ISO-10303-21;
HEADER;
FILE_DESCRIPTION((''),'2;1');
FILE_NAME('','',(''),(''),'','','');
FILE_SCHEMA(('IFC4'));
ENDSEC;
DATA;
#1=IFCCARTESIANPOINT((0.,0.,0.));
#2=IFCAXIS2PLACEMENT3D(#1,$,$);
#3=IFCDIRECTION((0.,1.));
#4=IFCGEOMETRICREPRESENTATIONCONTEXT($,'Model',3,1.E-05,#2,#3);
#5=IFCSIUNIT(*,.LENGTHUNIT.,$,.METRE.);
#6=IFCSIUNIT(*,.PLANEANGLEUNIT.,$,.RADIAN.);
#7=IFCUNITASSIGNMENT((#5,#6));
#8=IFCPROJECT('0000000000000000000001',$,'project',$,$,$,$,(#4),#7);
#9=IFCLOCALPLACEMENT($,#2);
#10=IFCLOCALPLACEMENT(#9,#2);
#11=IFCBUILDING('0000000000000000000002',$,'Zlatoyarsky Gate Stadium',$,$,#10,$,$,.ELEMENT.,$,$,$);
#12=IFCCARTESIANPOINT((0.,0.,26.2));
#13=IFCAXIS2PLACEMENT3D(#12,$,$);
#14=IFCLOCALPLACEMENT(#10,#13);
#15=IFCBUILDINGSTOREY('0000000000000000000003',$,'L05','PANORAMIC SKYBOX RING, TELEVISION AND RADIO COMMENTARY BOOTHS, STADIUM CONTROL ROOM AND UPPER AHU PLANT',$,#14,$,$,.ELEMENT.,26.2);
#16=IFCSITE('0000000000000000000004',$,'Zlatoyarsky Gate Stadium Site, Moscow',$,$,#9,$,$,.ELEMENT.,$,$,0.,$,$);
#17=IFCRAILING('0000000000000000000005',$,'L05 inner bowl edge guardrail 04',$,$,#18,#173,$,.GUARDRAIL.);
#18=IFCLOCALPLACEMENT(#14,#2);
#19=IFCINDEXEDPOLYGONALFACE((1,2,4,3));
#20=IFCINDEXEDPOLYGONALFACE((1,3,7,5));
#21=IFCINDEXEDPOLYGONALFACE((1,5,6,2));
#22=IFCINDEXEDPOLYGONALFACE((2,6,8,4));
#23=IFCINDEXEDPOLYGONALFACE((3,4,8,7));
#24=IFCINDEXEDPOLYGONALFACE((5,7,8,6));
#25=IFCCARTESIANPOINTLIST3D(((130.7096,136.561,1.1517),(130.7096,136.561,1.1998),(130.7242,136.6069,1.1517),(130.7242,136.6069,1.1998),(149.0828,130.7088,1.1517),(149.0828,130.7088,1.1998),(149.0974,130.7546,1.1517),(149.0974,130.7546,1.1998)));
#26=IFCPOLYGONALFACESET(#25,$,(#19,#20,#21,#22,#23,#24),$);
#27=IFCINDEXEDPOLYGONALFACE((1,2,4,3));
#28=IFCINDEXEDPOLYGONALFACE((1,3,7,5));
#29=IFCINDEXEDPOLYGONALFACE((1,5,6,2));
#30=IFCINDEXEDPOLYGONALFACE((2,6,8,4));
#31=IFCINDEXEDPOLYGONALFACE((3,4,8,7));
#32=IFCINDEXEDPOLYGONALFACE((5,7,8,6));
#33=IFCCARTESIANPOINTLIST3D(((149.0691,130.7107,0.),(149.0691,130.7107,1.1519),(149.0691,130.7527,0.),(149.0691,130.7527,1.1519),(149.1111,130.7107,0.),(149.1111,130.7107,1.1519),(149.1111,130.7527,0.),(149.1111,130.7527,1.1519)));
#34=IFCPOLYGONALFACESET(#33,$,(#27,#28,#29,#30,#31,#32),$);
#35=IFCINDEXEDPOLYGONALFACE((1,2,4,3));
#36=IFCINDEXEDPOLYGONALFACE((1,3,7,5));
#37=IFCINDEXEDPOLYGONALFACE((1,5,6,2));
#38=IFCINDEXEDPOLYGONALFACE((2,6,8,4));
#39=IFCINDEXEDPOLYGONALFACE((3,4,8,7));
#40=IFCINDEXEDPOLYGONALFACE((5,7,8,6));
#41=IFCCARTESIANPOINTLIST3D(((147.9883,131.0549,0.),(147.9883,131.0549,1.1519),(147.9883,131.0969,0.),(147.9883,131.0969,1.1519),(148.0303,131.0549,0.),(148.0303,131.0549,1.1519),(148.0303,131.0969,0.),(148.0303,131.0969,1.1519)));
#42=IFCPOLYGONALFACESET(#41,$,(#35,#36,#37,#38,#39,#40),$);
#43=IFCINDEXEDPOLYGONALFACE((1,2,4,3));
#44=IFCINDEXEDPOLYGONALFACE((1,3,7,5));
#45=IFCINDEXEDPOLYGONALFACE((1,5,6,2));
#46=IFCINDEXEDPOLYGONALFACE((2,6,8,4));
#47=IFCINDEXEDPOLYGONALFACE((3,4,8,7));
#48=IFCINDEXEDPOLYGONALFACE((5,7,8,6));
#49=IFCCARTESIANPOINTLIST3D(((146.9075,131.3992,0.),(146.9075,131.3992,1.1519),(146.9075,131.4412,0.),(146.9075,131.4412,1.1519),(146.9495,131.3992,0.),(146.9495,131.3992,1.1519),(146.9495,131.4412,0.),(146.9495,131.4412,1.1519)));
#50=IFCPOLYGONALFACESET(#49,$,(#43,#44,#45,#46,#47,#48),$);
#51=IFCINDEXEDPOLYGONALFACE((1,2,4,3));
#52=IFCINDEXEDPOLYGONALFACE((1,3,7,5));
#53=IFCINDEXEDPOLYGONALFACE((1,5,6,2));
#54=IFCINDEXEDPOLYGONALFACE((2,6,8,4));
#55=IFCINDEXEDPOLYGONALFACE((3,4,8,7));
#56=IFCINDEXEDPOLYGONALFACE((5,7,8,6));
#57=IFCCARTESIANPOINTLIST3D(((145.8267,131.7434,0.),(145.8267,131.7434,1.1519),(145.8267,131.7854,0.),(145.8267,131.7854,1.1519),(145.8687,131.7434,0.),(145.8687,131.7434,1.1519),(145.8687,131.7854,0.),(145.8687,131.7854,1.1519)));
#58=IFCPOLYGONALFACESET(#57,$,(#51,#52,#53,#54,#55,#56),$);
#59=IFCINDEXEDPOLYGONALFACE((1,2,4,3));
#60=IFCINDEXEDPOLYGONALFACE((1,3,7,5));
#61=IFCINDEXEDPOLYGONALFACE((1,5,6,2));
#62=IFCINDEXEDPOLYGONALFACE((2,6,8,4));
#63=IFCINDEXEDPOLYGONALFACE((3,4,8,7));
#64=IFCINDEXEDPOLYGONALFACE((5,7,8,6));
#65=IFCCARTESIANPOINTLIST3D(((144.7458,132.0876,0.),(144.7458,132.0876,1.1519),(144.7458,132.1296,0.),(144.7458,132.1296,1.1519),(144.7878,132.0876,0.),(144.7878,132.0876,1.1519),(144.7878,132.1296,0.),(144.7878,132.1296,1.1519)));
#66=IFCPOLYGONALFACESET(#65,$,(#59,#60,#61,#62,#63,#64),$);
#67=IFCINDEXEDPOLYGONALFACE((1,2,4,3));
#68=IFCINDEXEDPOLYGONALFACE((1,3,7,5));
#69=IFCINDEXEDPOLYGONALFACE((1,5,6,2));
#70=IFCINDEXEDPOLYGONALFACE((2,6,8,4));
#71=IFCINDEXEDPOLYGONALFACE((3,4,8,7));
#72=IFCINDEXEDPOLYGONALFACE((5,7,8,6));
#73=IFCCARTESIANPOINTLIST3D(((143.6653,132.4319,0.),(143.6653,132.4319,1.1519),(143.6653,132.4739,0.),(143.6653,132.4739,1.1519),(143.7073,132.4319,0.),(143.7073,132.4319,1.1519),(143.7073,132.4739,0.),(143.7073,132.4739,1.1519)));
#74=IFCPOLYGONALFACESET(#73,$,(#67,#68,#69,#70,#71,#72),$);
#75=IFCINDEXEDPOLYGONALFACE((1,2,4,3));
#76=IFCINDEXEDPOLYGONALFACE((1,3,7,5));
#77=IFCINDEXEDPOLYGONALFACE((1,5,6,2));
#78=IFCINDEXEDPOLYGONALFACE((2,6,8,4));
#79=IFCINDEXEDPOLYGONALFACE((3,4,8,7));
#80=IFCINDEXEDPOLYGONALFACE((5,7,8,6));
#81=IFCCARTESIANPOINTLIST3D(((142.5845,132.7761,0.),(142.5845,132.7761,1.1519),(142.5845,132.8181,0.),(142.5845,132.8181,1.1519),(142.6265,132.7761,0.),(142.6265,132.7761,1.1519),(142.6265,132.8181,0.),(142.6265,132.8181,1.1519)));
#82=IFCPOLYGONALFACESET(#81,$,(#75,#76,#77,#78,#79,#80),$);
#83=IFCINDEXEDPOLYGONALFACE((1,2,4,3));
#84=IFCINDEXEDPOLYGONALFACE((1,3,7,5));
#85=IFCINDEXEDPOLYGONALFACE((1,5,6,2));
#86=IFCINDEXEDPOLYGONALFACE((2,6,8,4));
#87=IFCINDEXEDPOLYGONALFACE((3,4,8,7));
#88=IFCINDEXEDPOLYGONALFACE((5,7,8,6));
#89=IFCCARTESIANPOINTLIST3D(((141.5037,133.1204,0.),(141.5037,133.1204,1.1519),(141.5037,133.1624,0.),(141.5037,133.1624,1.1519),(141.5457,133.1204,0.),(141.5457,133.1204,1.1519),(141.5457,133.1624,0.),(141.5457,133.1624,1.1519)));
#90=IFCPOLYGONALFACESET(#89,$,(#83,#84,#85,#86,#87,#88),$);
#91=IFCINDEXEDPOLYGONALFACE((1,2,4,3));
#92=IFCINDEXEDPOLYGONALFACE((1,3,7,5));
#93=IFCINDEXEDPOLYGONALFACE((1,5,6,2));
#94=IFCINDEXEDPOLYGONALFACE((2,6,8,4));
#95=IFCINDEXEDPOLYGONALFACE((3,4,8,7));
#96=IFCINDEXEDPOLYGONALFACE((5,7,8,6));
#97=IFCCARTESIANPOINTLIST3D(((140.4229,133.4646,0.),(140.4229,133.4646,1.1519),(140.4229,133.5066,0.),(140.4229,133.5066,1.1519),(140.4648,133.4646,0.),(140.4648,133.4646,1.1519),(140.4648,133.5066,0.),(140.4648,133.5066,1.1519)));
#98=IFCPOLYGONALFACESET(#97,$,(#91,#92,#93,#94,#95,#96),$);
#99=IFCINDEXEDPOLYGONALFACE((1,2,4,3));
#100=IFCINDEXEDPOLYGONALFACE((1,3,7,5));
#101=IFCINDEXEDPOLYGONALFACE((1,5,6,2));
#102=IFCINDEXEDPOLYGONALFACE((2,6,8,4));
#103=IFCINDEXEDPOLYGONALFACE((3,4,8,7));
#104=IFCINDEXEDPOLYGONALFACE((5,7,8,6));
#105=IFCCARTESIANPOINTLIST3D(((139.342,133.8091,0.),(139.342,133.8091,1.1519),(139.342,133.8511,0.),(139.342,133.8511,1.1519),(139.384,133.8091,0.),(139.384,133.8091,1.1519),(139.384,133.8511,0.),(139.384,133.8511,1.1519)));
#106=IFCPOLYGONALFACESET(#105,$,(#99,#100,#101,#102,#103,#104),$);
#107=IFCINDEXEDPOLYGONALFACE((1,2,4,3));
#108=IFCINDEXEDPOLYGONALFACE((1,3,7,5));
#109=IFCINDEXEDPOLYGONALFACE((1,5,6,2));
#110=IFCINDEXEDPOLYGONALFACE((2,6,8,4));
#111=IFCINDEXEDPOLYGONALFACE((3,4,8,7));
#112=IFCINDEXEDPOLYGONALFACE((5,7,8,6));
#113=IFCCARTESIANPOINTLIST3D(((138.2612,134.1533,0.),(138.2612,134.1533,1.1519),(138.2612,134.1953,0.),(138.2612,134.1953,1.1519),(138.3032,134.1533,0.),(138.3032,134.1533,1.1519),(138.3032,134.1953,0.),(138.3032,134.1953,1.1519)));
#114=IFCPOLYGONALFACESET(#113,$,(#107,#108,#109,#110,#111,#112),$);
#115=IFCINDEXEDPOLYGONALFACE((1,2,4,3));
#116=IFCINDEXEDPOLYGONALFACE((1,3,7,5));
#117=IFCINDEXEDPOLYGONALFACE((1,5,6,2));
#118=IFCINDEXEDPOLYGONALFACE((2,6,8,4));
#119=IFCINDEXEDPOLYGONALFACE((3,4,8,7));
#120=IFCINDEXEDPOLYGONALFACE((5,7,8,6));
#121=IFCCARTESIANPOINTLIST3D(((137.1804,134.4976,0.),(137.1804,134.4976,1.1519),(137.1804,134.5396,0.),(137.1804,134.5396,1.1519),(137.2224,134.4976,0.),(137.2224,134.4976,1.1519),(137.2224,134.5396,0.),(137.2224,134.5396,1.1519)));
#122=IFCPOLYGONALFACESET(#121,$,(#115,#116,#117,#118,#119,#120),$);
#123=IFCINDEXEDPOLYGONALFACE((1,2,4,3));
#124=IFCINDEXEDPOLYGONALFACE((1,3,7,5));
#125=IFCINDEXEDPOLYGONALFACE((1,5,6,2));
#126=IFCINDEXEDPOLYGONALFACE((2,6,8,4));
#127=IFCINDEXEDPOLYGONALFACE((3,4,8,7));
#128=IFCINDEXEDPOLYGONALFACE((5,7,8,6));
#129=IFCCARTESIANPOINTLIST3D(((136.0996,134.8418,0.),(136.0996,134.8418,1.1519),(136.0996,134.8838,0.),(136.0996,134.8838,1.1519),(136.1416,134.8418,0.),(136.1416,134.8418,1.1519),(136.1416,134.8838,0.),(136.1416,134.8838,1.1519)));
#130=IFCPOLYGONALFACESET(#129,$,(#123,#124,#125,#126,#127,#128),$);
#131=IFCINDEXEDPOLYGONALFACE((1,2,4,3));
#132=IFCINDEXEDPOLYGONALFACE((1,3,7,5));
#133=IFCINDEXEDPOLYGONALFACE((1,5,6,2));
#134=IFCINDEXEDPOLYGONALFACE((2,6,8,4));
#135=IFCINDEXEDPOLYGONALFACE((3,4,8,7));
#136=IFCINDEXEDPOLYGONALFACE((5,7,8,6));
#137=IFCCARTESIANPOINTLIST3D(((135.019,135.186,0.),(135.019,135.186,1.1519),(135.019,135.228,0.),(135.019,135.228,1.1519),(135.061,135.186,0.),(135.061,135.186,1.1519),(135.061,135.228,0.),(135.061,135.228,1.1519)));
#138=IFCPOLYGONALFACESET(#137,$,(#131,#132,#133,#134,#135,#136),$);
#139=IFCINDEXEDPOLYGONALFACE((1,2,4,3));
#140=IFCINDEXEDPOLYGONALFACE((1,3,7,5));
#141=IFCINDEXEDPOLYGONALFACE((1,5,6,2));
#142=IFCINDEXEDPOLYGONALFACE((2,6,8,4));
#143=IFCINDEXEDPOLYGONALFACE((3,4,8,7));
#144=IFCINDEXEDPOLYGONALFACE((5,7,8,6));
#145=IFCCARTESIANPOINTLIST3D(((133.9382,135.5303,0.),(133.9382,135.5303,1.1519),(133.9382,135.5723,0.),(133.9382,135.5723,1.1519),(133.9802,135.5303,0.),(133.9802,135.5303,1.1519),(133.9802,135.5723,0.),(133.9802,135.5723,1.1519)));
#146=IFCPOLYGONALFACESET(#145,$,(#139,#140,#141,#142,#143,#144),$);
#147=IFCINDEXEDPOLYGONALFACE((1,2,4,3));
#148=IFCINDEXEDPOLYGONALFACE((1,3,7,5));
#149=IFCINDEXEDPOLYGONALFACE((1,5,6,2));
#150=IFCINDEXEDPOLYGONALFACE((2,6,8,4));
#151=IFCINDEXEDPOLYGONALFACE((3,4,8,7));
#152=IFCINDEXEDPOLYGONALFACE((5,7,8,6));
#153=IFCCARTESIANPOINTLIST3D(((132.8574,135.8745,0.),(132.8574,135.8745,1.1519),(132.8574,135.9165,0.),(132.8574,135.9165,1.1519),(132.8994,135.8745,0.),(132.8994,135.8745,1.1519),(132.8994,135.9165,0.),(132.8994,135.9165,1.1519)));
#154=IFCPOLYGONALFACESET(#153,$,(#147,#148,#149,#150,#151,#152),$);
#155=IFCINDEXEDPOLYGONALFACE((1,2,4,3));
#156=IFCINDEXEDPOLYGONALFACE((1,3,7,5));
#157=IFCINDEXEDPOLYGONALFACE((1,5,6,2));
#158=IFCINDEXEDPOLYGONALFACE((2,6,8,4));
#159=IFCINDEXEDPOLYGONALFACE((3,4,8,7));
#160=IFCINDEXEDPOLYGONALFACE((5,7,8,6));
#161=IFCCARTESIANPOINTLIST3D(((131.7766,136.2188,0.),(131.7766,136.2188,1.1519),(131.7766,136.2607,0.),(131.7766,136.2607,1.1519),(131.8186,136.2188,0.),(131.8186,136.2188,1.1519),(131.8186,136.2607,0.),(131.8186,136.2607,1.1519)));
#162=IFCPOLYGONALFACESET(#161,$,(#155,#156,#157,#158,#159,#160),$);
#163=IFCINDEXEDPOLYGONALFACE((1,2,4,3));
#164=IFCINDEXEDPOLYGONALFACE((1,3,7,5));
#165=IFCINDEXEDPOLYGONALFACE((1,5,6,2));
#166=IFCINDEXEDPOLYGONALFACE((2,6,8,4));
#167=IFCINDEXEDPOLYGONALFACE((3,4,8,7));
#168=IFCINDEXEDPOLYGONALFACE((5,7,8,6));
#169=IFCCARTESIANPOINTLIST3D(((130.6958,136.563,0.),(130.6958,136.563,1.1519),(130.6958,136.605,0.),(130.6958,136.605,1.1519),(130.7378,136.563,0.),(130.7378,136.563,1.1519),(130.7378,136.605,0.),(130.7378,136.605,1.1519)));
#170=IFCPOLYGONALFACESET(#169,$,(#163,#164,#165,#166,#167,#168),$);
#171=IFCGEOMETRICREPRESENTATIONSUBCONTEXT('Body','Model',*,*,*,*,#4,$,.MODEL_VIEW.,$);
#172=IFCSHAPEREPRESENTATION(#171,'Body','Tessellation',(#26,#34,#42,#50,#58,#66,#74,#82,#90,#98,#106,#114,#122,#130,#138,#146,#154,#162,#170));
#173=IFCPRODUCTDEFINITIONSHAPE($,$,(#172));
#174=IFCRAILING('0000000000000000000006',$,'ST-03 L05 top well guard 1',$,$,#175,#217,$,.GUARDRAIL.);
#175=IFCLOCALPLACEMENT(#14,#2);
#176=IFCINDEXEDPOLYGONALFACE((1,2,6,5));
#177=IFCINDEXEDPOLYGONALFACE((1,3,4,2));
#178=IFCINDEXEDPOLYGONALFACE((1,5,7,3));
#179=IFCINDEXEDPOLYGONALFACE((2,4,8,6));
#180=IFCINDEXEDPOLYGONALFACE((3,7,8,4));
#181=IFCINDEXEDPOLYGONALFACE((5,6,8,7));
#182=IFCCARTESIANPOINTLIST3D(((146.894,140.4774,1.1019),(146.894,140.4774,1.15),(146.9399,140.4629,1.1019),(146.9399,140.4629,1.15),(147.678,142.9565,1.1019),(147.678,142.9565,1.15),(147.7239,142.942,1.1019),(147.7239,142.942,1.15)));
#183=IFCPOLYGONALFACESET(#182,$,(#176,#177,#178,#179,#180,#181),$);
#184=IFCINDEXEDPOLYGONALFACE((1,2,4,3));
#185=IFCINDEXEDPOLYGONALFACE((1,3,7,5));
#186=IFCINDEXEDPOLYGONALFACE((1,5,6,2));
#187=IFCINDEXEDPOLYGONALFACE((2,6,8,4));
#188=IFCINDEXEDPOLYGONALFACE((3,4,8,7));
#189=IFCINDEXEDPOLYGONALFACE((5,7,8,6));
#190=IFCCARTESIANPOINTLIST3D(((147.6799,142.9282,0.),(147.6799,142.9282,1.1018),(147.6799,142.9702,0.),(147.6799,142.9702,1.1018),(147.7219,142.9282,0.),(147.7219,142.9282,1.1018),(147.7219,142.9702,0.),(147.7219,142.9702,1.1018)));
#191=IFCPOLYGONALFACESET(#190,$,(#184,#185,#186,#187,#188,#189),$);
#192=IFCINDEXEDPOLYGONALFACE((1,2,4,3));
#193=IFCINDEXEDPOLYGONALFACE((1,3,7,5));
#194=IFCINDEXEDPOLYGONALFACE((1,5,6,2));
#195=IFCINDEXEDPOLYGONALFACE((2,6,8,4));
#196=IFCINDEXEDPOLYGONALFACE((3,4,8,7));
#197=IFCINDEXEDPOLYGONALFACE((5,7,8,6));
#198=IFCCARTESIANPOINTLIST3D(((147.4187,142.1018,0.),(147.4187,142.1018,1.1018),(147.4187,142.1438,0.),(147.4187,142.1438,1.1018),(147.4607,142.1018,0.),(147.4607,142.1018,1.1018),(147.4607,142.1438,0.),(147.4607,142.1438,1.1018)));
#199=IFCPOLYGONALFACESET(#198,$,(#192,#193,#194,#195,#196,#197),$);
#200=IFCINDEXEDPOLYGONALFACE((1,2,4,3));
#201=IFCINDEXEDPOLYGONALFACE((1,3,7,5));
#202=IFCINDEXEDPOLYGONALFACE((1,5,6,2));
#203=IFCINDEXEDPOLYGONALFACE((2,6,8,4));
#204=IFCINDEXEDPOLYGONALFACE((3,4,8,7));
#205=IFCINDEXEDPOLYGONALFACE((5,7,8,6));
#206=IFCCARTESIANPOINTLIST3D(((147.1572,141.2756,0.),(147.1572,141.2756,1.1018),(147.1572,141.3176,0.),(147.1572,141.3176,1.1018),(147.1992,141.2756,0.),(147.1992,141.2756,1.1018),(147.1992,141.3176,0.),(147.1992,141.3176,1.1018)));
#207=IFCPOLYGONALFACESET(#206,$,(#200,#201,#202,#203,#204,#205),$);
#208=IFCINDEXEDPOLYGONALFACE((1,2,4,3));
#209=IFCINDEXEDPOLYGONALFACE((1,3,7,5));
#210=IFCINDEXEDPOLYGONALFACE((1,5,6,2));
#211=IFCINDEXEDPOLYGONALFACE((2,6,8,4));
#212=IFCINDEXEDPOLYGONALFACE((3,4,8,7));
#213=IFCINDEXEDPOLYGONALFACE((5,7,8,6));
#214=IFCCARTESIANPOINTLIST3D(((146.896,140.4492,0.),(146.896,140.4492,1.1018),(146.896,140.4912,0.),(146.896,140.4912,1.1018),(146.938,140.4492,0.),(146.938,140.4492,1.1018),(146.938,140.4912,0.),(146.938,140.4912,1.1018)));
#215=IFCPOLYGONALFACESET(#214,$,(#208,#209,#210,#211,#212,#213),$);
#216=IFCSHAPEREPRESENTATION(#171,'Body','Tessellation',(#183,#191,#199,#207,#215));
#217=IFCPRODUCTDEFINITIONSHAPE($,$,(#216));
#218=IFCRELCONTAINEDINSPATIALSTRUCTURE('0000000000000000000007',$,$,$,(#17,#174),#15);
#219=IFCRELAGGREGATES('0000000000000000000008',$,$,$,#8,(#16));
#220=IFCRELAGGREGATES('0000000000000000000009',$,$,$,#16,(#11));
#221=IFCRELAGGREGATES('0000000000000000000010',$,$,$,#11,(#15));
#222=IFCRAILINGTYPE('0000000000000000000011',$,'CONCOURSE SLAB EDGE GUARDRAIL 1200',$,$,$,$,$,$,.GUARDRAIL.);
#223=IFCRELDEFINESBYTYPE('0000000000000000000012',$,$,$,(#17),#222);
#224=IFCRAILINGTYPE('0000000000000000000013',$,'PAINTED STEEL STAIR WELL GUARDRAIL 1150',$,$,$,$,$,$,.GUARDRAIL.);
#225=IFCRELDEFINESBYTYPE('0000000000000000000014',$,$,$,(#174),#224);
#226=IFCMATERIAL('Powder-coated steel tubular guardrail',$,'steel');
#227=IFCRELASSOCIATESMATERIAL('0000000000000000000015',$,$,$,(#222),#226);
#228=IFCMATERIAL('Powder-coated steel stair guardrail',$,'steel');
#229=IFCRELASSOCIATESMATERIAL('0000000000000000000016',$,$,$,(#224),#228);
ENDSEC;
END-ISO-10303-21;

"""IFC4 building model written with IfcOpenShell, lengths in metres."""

from ifc_helpers import new_model, si_unit, direction, frame, origin, origin_2d, place, context, subcontext, project, spatial, rectangle, extrude, material, type_object, element, save


model = new_model("IFC4")

# Units and contexts
model_context = context("Model", 3, precision=1e-05, world=origin(), true_north=direction((0.0, 1.0)))
body_context = subcontext(model_context, "Body", "Model", "MODEL_VIEW")
ifc_project = project(units=[si_unit("LENGTHUNIT", "METRE"), si_unit("PLANEANGLEUNIT", "RADIAN")], contexts=[model_context])

# Site, building, storey
site_placement = place(None, origin())
site = spatial("IfcSite", under=ifc_project, at=site_placement, Name="Zlatoyarsky Gate Stadium Site, Moscow", CompositionType="ELEMENT", RefElevation=0.0)
building_placement = place(site_placement, origin())
building = spatial("IfcBuilding", under=site, at=building_placement, Name="Zlatoyarsky Gate Stadium", CompositionType="ELEMENT")
storey_placement = place(building_placement, frame((0.0, 0.0, 26.2)))
storey = spatial("IfcBuildingStorey", under=building, at=storey_placement, Name="L05", Description="PANORAMIC SKYBOX RING, TELEVISION AND RADIO COMMENTARY BOOTHS, STADIUM CONTROL ROOM AND UPPER AHU PLANT", CompositionType="ELEMENT", Elevation=26.2)

# Railings
ifc_material_1 = material(Name="Powder-coated steel tubular guardrail", Category="steel")
railing_type_1 = type_object("IfcRailingType", Name="CONCOURSE SLAB EDGE GUARDRAIL 1200", PredefinedType="GUARDRAIL", material=ifc_material_1)
railing_1_placement = place(storey_placement, frame((149.0901, 130.7317, 0.0)))
element("IfcRailing", 1, at=railing_1_placement, inside=storey, type_object=railing_type_1, Name="L05 inner bowl edge guardrail 04", PredefinedType="GUARDRAIL", context=body_context, shape_type="SweptSolid", body=[
    extrude(rectangle(XDim=0.0481, YDim=0.0481, at=origin_2d()), frame((0.0, 0.0, 1.1758), z_axis=(-0.952832, 0.303498, 0.0), x_axis=(-0.303498, -0.952832, 0.0)), (0.0, 0.0, 1.0), 19.2827),
    extrude(rectangle(XDim=0.042, YDim=0.042, at=origin_2d()), origin(), (0.0, 0.0, 1.0), 1.1519),
    extrude(rectangle(XDim=0.042, YDim=0.042, at=origin_2d()), frame((-1.0808, 0.3442, 0.0)), (0.0, 0.0, 1.0), 1.1519),
    extrude(rectangle(XDim=0.042, YDim=0.042, at=origin_2d()), frame((-2.1616, 0.6885, 0.0)), (0.0, 0.0, 1.0), 1.1519),
    extrude(rectangle(XDim=0.042, YDim=0.042, at=origin_2d()), frame((-3.2424, 1.0327, 0.0)), (0.0, 0.0, 1.0), 1.1519),
    extrude(rectangle(XDim=0.042, YDim=0.042, at=origin_2d()), frame((-4.3232, 1.377, 0.0)), (0.0, 0.0, 1.0), 1.1519),
    extrude(rectangle(XDim=0.042, YDim=0.042, at=origin_2d()), frame((-5.4038, 1.7212, 0.0)), (0.0, 0.0, 1.0), 1.1519),
    extrude(rectangle(XDim=0.042, YDim=0.042, at=origin_2d()), frame((-6.4846, 2.0654, 0.0)), (0.0, 0.0, 1.0), 1.1519),
    extrude(rectangle(XDim=0.042, YDim=0.042, at=origin_2d()), frame((-7.5654, 2.4097, 0.0)), (0.0, 0.0, 1.0), 1.1519),
    extrude(rectangle(XDim=0.042, YDim=0.042, at=origin_2d()), frame((-8.6462, 2.7539, 0.0)), (0.0, 0.0, 1.0), 1.1519),
    extrude(rectangle(XDim=0.042, YDim=0.042, at=origin_2d()), frame((-9.7271, 3.0984, 0.0)), (0.0, 0.0, 1.0), 1.1519),
    extrude(rectangle(XDim=0.042, YDim=0.042, at=origin_2d()), frame((-10.8079, 3.4426, 0.0)), (0.0, 0.0, 1.0), 1.1519),
    extrude(rectangle(XDim=0.042, YDim=0.042, at=origin_2d()), frame((-11.8887, 3.7869, 0.0)), (0.0, 0.0, 1.0), 1.1519),
    extrude(rectangle(XDim=0.042, YDim=0.042, at=origin_2d()), frame((-12.9695, 4.1311, 0.0)), (0.0, 0.0, 1.0), 1.1519),
    extrude(rectangle(XDim=0.042, YDim=0.042, at=origin_2d()), frame((-14.05, 4.4753, 0.0)), (0.0, 0.0, 1.0), 1.1519),
    extrude(rectangle(XDim=0.042, YDim=0.042, at=origin_2d()), frame((-15.1309, 4.8196, 0.0)), (0.0, 0.0, 1.0), 1.1519),
    extrude(rectangle(XDim=0.042, YDim=0.042, at=origin_2d()), frame((-16.2117, 5.1638, 0.0)), (0.0, 0.0, 1.0), 1.1519),
    extrude(rectangle(XDim=0.042, YDim=0.042, at=origin_2d()), frame((-17.2925, 5.5081, 0.0)), (0.0, 0.0, 1.0), 1.1519),
    extrude(rectangle(XDim=0.042, YDim=0.042, at=origin_2d()), frame((-18.3733, 5.8523, 0.0)), (0.0, 0.0, 1.0), 1.1519),
])
ifc_material_2 = material(Name="Powder-coated steel stair guardrail", Category="steel")
railing_type_2 = type_object("IfcRailingType", Name="PAINTED STEEL STAIR WELL GUARDRAIL 1150", PredefinedType="GUARDRAIL", material=ifc_material_2)
railing_2_placement = place(storey_placement, frame((147.7009, 142.9492, 0.0)))
element("IfcRailing", 2, at=railing_2_placement, inside=storey, type_object=railing_type_2, Name="ST-03 L05 top well guard 1", PredefinedType="GUARDRAIL", context=body_context, shape_type="SweptSolid", body=[
    extrude(rectangle(XDim=0.0481, YDim=0.0481, at=origin_2d()), frame((0.0, 0.0, 1.126), z_axis=(-0.301513, -0.953462, 0.0), x_axis=(0.953462, -0.301513, 0.0)), (0.0, 0.0, 1.0), 2.6001),
    extrude(rectangle(XDim=0.042, YDim=0.042, at=origin_2d()), origin(), (0.0, 0.0, 1.0), 1.1018),
    extrude(rectangle(XDim=0.042, YDim=0.042, at=origin_2d()), frame((-0.2612, -0.8264, 0.0)), (0.0, 0.0, 1.0), 1.1018),
    extrude(rectangle(XDim=0.042, YDim=0.042, at=origin_2d()), frame((-0.5227, -1.6526, 0.0)), (0.0, 0.0, 1.0), 1.1018),
    extrude(rectangle(XDim=0.042, YDim=0.042, at=origin_2d()), frame((-0.7839, -2.479, 0.0)), (0.0, 0.0, 1.0), 1.1018),
])

save(model, "model.ifc")
